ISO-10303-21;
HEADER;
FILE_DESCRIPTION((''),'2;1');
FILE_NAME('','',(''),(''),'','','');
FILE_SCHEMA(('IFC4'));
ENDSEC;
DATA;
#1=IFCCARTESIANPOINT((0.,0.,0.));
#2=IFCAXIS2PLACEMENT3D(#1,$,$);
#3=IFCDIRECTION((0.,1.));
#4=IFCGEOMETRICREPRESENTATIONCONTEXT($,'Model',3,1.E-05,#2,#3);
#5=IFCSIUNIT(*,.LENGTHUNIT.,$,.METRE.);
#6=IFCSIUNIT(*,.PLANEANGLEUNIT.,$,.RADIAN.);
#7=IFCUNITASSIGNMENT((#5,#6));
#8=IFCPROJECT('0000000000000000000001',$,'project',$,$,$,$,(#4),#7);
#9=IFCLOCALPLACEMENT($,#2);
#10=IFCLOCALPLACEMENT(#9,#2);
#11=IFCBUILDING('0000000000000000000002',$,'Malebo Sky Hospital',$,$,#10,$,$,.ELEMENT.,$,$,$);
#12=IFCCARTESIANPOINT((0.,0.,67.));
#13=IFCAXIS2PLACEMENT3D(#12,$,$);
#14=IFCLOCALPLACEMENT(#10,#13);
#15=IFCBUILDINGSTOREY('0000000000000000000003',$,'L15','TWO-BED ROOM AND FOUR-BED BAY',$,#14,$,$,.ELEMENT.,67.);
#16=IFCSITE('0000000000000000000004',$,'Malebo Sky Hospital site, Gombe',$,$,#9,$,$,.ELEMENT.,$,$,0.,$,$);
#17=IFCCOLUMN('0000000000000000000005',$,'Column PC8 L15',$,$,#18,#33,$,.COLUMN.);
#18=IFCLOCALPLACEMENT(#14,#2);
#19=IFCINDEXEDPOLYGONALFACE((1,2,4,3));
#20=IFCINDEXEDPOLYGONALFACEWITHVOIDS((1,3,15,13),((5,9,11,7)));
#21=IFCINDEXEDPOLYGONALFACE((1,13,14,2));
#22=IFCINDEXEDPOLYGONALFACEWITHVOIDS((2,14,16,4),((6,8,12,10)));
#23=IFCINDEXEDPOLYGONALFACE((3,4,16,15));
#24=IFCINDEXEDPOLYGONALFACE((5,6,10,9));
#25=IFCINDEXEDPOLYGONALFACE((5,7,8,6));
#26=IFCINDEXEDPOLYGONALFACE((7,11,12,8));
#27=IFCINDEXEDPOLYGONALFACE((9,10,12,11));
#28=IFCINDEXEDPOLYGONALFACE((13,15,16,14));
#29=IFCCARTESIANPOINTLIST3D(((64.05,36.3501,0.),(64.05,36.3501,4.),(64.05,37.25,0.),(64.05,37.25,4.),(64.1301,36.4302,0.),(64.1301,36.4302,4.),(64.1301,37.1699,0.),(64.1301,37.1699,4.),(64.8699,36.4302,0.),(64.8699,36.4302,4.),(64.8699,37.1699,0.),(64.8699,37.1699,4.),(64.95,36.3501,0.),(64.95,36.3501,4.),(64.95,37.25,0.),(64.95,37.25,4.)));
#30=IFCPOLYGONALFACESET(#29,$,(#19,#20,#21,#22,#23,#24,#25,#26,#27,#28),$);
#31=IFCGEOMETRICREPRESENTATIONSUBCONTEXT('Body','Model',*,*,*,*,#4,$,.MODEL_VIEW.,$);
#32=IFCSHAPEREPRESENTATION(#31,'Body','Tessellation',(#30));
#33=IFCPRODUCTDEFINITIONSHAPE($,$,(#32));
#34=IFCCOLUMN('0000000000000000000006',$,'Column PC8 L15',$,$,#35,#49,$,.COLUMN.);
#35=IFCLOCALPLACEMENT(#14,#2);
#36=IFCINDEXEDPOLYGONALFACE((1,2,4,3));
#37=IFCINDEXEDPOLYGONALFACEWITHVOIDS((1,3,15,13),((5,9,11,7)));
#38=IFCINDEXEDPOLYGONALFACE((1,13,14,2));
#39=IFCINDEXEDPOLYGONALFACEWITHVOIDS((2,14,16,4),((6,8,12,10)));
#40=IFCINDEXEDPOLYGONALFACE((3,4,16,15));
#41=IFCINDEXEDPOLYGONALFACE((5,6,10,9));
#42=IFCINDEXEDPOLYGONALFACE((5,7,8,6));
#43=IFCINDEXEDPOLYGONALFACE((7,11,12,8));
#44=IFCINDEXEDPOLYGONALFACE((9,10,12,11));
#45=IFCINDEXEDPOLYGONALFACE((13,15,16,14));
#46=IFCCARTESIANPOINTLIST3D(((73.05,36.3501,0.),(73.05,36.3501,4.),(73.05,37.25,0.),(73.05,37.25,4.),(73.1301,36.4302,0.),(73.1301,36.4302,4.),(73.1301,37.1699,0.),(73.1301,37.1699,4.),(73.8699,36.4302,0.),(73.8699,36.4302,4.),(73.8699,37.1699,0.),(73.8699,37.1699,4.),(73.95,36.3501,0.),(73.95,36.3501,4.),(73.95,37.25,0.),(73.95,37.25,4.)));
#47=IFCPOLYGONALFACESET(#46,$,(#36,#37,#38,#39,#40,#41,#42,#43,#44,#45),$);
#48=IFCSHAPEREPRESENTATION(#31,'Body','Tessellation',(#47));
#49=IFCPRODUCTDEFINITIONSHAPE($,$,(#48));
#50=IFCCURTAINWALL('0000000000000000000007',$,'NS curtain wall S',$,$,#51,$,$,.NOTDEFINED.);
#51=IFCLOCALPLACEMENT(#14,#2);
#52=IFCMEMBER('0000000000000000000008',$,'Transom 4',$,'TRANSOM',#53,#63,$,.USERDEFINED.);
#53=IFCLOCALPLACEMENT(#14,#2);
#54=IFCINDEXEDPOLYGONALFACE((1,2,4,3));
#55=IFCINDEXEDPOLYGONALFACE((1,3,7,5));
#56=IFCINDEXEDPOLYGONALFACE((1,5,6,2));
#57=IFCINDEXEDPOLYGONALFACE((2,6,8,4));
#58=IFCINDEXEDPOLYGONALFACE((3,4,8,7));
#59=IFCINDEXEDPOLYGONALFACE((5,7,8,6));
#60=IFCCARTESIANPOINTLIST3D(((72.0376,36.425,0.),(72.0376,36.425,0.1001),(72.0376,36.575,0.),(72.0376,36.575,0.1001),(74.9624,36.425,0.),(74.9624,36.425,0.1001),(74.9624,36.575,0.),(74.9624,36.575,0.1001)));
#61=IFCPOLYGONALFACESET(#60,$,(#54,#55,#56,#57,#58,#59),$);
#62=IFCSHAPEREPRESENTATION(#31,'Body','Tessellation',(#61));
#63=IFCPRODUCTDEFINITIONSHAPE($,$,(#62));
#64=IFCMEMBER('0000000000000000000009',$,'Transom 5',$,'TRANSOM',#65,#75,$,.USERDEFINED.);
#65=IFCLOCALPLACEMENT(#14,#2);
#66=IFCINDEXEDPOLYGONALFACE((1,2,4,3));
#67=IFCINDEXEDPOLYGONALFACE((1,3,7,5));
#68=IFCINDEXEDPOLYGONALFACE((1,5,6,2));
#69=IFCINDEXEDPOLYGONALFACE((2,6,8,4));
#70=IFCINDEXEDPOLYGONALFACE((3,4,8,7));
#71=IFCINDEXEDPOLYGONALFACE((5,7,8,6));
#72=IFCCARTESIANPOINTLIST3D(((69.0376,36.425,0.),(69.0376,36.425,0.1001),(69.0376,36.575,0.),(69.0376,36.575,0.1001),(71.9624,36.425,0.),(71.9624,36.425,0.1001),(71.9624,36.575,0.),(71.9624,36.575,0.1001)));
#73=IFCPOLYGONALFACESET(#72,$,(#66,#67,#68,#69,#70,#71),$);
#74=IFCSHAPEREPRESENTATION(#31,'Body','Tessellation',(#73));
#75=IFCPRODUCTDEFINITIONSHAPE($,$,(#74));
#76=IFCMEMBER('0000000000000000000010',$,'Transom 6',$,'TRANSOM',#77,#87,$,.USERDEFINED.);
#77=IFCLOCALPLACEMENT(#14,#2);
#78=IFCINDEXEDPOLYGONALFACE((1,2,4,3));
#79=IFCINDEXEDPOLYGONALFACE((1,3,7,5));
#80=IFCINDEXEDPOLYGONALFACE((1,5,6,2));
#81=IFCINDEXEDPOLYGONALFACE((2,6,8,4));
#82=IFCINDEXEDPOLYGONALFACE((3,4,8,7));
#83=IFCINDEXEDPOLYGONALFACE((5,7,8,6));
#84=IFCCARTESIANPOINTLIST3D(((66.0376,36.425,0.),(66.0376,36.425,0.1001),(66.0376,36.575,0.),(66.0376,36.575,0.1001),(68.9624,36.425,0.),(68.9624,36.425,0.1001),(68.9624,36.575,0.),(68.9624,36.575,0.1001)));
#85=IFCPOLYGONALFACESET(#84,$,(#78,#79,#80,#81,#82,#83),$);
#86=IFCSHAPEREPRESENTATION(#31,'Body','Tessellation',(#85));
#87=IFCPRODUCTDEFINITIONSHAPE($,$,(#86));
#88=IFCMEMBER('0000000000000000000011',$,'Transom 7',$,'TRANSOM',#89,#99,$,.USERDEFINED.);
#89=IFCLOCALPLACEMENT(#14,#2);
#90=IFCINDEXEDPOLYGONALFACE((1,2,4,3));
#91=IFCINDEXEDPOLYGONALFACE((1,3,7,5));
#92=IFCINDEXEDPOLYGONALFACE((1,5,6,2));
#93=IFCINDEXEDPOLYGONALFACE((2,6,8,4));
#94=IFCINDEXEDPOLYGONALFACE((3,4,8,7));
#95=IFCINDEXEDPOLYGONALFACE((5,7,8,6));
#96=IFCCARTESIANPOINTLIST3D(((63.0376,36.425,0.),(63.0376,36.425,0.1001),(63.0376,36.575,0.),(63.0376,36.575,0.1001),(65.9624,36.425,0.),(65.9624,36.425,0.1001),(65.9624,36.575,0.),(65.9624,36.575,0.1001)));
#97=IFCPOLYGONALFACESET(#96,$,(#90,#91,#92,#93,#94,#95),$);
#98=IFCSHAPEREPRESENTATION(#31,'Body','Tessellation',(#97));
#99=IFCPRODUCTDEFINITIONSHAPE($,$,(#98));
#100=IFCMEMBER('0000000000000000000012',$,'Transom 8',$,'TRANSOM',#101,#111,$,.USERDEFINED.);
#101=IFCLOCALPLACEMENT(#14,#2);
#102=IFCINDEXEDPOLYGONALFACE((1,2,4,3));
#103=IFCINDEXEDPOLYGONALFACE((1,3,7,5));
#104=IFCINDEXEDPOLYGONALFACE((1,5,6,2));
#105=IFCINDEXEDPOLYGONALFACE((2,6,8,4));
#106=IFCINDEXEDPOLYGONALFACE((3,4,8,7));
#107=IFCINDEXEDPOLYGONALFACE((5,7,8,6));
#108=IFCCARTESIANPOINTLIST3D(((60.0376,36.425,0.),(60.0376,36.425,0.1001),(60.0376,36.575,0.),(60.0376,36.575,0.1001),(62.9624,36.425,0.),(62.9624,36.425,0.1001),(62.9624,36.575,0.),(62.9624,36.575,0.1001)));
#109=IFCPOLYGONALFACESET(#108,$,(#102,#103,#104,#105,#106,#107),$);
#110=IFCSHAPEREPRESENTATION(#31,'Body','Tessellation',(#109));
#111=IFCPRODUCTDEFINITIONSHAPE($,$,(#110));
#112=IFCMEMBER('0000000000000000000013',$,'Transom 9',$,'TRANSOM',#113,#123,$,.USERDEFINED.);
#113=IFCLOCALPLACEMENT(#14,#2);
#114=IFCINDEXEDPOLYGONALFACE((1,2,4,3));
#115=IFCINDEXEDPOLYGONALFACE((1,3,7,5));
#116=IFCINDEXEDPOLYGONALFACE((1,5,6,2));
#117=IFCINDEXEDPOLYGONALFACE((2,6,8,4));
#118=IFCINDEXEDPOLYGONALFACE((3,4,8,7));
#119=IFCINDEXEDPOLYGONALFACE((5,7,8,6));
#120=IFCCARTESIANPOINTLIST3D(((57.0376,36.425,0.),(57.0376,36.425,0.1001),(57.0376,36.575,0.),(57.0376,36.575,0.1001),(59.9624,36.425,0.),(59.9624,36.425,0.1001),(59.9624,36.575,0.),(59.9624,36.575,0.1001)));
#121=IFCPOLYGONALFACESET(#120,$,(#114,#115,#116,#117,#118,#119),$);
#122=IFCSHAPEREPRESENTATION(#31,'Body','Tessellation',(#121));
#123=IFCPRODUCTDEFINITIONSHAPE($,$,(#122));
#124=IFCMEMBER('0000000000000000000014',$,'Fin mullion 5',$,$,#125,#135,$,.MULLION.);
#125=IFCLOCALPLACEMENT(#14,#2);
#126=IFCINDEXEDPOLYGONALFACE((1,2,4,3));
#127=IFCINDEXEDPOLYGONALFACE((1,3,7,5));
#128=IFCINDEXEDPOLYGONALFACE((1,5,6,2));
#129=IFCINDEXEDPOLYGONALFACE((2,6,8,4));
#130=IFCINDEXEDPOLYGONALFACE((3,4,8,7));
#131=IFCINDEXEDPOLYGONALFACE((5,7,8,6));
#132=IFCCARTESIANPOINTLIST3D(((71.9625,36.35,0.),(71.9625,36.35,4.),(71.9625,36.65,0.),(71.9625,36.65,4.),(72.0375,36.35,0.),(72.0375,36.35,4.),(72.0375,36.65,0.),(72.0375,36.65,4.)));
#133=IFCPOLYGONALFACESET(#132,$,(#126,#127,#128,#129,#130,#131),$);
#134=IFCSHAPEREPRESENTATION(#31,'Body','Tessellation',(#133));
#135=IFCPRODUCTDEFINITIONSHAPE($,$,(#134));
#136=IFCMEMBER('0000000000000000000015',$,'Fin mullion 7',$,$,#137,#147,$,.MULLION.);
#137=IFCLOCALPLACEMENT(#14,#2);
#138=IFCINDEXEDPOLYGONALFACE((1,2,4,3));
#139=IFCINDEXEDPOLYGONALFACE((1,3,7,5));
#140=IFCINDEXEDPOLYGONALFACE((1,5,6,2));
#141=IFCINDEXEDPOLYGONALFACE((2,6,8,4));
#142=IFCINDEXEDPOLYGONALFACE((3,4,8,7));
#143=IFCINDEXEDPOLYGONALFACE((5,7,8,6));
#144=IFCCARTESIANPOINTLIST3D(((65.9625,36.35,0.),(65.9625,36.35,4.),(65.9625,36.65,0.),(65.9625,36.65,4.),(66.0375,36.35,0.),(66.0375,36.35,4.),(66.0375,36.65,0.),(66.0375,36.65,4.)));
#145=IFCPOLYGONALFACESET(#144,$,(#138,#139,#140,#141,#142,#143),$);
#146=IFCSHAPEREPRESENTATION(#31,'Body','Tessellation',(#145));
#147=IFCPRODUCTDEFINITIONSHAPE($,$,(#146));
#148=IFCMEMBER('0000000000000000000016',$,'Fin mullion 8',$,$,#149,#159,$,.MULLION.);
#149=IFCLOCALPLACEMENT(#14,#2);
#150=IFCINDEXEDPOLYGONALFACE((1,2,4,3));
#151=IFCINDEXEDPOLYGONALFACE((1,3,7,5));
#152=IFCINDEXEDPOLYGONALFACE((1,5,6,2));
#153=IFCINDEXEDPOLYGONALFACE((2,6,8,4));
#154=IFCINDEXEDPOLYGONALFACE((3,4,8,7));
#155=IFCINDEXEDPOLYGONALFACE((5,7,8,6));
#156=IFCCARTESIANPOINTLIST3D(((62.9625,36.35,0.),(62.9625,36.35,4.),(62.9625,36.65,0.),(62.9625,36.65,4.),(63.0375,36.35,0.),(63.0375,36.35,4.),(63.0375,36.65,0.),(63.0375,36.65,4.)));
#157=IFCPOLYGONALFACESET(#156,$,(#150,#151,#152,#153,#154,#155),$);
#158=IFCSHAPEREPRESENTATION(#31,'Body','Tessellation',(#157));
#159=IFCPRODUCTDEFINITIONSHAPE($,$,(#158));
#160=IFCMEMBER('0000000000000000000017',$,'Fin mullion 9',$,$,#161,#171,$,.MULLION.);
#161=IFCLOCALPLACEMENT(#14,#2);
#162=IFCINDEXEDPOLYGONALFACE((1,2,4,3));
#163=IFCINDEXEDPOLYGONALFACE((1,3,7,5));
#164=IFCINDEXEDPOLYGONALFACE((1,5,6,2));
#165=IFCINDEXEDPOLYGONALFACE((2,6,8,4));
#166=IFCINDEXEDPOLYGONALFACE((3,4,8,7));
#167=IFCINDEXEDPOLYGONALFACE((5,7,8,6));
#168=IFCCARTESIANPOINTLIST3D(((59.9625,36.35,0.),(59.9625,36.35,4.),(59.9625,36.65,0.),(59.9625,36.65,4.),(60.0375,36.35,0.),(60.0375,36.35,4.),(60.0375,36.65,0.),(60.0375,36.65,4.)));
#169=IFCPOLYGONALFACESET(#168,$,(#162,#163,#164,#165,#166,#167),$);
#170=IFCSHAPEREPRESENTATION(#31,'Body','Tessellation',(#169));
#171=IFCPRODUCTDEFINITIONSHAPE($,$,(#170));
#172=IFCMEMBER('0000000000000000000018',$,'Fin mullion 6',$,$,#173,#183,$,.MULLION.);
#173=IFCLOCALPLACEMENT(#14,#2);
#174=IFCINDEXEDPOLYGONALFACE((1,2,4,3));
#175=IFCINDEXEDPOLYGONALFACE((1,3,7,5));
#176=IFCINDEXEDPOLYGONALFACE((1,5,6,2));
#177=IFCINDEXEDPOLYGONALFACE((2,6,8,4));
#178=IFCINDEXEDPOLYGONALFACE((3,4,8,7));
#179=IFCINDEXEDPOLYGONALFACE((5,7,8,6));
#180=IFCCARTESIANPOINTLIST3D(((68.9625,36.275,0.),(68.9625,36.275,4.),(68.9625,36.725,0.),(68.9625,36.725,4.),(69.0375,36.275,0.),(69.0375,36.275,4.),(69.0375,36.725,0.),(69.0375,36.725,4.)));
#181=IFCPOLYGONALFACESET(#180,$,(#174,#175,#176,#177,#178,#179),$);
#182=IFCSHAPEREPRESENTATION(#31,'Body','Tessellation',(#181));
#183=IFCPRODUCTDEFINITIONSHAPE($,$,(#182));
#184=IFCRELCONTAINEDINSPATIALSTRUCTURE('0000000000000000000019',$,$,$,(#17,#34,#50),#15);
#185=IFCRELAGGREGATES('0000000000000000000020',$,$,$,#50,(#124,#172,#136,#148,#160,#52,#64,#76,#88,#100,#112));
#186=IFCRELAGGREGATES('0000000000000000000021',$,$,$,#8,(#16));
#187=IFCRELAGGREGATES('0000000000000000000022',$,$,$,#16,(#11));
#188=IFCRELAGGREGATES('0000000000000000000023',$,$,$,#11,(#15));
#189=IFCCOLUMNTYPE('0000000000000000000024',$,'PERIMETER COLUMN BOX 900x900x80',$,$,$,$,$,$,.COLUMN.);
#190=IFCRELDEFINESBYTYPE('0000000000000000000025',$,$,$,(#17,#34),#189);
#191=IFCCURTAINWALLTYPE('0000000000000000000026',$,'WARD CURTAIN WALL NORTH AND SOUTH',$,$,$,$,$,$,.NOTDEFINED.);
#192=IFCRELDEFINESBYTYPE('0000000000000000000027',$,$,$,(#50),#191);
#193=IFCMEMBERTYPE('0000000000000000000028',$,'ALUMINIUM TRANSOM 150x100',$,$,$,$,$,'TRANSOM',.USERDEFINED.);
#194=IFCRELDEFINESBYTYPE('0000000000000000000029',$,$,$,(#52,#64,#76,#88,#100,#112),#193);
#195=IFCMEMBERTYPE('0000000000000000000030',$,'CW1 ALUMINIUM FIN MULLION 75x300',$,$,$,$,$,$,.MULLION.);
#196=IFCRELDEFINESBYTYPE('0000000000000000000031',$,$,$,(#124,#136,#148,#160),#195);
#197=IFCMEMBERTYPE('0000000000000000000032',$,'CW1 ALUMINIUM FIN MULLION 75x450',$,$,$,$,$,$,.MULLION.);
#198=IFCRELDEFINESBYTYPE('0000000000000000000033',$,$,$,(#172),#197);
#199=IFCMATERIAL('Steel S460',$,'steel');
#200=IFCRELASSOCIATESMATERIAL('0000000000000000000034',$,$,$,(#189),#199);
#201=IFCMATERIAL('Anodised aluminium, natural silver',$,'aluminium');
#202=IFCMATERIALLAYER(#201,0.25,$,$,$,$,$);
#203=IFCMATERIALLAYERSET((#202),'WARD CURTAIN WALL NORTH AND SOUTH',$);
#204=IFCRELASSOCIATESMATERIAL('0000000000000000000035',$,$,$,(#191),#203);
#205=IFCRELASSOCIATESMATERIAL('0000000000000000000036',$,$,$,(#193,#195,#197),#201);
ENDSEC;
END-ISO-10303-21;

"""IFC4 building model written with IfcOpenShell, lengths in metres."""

from ifc_helpers import new_model, si_unit, direction, frame, origin, origin_2d, place, context, subcontext, project, spatial, rectangle, hollow_rectangle, extrude, material, layer, layer_set, material_profile, profile_set, type_object, element, aggregate, save


model = new_model("IFC4")

# Units and contexts
model_context = context("Model", 3, precision=1e-05, world=origin(), true_north=direction((0.0, 1.0)))
body_context = subcontext(model_context, "Body", "Model", "MODEL_VIEW")
ifc_project = project(units=[si_unit("LENGTHUNIT", "METRE"), si_unit("PLANEANGLEUNIT", "RADIAN")], contexts=[model_context])

# Site, building, storey
site_placement = place(None, origin())
site = spatial("IfcSite", under=ifc_project, at=site_placement, Name="Malebo Sky Hospital site, Gombe", CompositionType="ELEMENT", RefElevation=0.0)
building_placement = place(site_placement, origin())
building = spatial("IfcBuilding", under=site, at=building_placement, Name="Malebo Sky Hospital", CompositionType="ELEMENT")
storey_placement = place(building_placement, frame((0.0, 0.0, 67.0)))
storey = spatial("IfcBuildingStorey", under=building, at=storey_placement, Name="L15", Description="TWO-BED ROOM AND FOUR-BED BAY", CompositionType="ELEMENT", Elevation=67.0)

# Columns
ifc_material_1 = material(Name="Steel S460", Category="steel")
ifc_material_profile_1 = material_profile(ifc_material_1, hollow_rectangle(XDim=0.8999, YDim=0.8999, WallThickness=0.0801, at=origin_2d()), Name="BOX 900x900x80")
ifc_profile_set_1 = profile_set([ifc_material_profile_1], Name="Steel S460")
column_type = type_object("IfcColumnType", Name="PERIMETER COLUMN BOX 900x900x80", PredefinedType="COLUMN", material=ifc_profile_set_1)
for number, where, z_axis, x_axis, name in (
    (1, (64.5, 36.8, 0.0), (0.0, 0.0, 1.0), (1.0, 0.0, 0.0), "Column PC8 L15"),
    (2, (73.5, 36.8, 0.0), (0.0, 0.0, 1.0), (1.0, 0.0, 0.0), "Column PC8 L15"),
):
    element("IfcColumn", number, at=place(storey_placement, frame(where, z_axis=z_axis, x_axis=x_axis)), inside=storey, type_object=column_type, Name=name, PredefinedType="COLUMN", context=body_context, shape_type="SweptSolid", body=[
        extrude(hollow_rectangle(XDim=0.8999, YDim=0.8999, WallThickness=0.0801, at=origin_2d()), origin(), (0.0, 0.0, 1.0), 4.0),
    ])

# Curtain wall, members
ifc_material_2 = material(Name="Anodised aluminium, natural silver", Category="aluminium")
ifc_layer_1 = layer(ifc_material_2, 0.25)
ifc_layer_set_1 = layer_set([ifc_layer_1], Name="WARD CURTAIN WALL NORTH AND SOUTH")
curtain_wall_type = type_object("IfcCurtainWallType", Name="WARD CURTAIN WALL NORTH AND SOUTH", PredefinedType="NOTDEFINED", material=ifc_layer_set_1)
curtain_wall_placement = place(storey_placement, origin())
curtain_wall = element("IfcCurtainWall", 3, at=curtain_wall_placement, inside=storey, type_object=curtain_wall_type, Name="NS curtain wall S", PredefinedType="NOTDEFINED")
ifc_material_profile_2 = material_profile(ifc_material_2, rectangle(XDim=0.1499, YDim=0.1001, at=origin_2d()), Name="ALUMINIUM TRANSOM 150x100")
ifc_profile_set_2 = profile_set([ifc_material_profile_2], Name="Anodised aluminium, natural silver")
member_type_1 = type_object("IfcMemberType", Name="ALUMINIUM TRANSOM 150x100", ElementType="TRANSOM", PredefinedType="USERDEFINED", material=ifc_profile_set_2)
member_1_placement = place(storey_placement, frame((74.9624, 36.5, 0.05), z_axis=(-1.0, 0.0, 0.0), x_axis=(0.0, -1.0, 0.0)))
member_1 = element("IfcMember", 4, at=member_1_placement, type_object=member_type_1, Name="Transom 4", ObjectType="TRANSOM", PredefinedType="USERDEFINED", context=body_context, shape_type="SweptSolid", body=[
    extrude(rectangle(XDim=0.1499, YDim=0.1001, at=origin_2d()), origin(), (0.0, 0.0, 1.0), 2.9248),
])
member_2_placement = place(storey_placement, frame((71.9624, 36.5, 0.05), z_axis=(-1.0, 0.0, 0.0), x_axis=(0.0, -1.0, 0.0)))
member_2 = element("IfcMember", 5, at=member_2_placement, type_object=member_type_1, Name="Transom 5", ObjectType="TRANSOM", PredefinedType="USERDEFINED", context=body_context, shape_type="SweptSolid", body=[
    extrude(rectangle(XDim=0.1499, YDim=0.1001, at=origin_2d()), origin(), (0.0, 0.0, 1.0), 2.9248),
])
member_3_placement = place(storey_placement, frame((68.9624, 36.5, 0.05), z_axis=(-1.0, 0.0, 0.0), x_axis=(0.0, -1.0, 0.0)))
member_3 = element("IfcMember", 6, at=member_3_placement, type_object=member_type_1, Name="Transom 6", ObjectType="TRANSOM", PredefinedType="USERDEFINED", context=body_context, shape_type="SweptSolid", body=[
    extrude(rectangle(XDim=0.1499, YDim=0.1001, at=origin_2d()), origin(), (0.0, 0.0, 1.0), 2.9248),
])
member_4_placement = place(storey_placement, frame((65.9624, 36.5, 0.05), z_axis=(-1.0, 0.0, 0.0), x_axis=(0.0, -1.0, 0.0)))
member_4 = element("IfcMember", 7, at=member_4_placement, type_object=member_type_1, Name="Transom 7", ObjectType="TRANSOM", PredefinedType="USERDEFINED", context=body_context, shape_type="SweptSolid", body=[
    extrude(rectangle(XDim=0.1499, YDim=0.1001, at=origin_2d()), origin(), (0.0, 0.0, 1.0), 2.9248),
])
member_5_placement = place(storey_placement, frame((62.9624, 36.5, 0.05), z_axis=(-1.0, 0.0, 0.0), x_axis=(0.0, -1.0, 0.0)))
member_5 = element("IfcMember", 8, at=member_5_placement, type_object=member_type_1, Name="Transom 8", ObjectType="TRANSOM", PredefinedType="USERDEFINED", context=body_context, shape_type="SweptSolid", body=[
    extrude(rectangle(XDim=0.1499, YDim=0.1001, at=origin_2d()), origin(), (0.0, 0.0, 1.0), 2.9248),
])
member_6_placement = place(storey_placement, frame((59.9624, 36.5, 0.05), z_axis=(-1.0, 0.0, 0.0), x_axis=(0.0, -1.0, 0.0)))
member_6 = element("IfcMember", 9, at=member_6_placement, type_object=member_type_1, Name="Transom 9", ObjectType="TRANSOM", PredefinedType="USERDEFINED", context=body_context, shape_type="SweptSolid", body=[
    extrude(rectangle(XDim=0.1499, YDim=0.1001, at=origin_2d()), origin(), (0.0, 0.0, 1.0), 2.9248),
])
ifc_material_profile_3 = material_profile(ifc_material_2, rectangle(XDim=0.075, YDim=0.3, at=origin_2d()), Name="CW1 ALUMINIUM FIN MULLION 75x300")
ifc_profile_set_3 = profile_set([ifc_material_profile_3], Name="Anodised aluminium, natural silver")
member_type_2 = type_object("IfcMemberType", Name="CW1 ALUMINIUM FIN MULLION 75x300", PredefinedType="MULLION", material=ifc_profile_set_3)
member_7_placement = place(storey_placement, frame((72.0, 36.5, 0.0), z_axis=(0.0, 0.0, 1.0), x_axis=(-1.0, 0.0, 0.0)))
member_7 = element("IfcMember", 10, at=member_7_placement, type_object=member_type_2, Name="Fin mullion 5", PredefinedType="MULLION", context=body_context, shape_type="SweptSolid", body=[
    extrude(rectangle(XDim=0.075, YDim=0.3, at=origin_2d()), origin(), (0.0, 0.0, 1.0), 4.0),
])
member_8_placement = place(storey_placement, frame((66.0, 36.5, 0.0), z_axis=(0.0, 0.0, 1.0), x_axis=(-1.0, 0.0, 0.0)))
member_8 = element("IfcMember", 11, at=member_8_placement, type_object=member_type_2, Name="Fin mullion 7", PredefinedType="MULLION", context=body_context, shape_type="SweptSolid", body=[
    extrude(rectangle(XDim=0.075, YDim=0.3, at=origin_2d()), origin(), (0.0, 0.0, 1.0), 4.0),
])
member_9_placement = place(storey_placement, frame((63.0, 36.5, 0.0), z_axis=(0.0, 0.0, 1.0), x_axis=(-1.0, 0.0, 0.0)))
member_9 = element("IfcMember", 12, at=member_9_placement, type_object=member_type_2, Name="Fin mullion 8", PredefinedType="MULLION", context=body_context, shape_type="SweptSolid", body=[
    extrude(rectangle(XDim=0.075, YDim=0.3, at=origin_2d()), origin(), (0.0, 0.0, 1.0), 4.0),
])
member_10_placement = place(storey_placement, frame((60.0, 36.5, 0.0), z_axis=(0.0, 0.0, 1.0), x_axis=(-1.0, 0.0, 0.0)))
member_10 = element("IfcMember", 13, at=member_10_placement, type_object=member_type_2, Name="Fin mullion 9", PredefinedType="MULLION", context=body_context, shape_type="SweptSolid", body=[
    extrude(rectangle(XDim=0.075, YDim=0.3, at=origin_2d()), origin(), (0.0, 0.0, 1.0), 4.0),
])
ifc_material_profile_4 = material_profile(ifc_material_2, rectangle(XDim=0.075, YDim=0.45, at=origin_2d()), Name="CW1 ALUMINIUM FIN MULLION 75x450")
ifc_profile_set_4 = profile_set([ifc_material_profile_4], Name="Anodised aluminium, natural silver")
member_type_3 = type_object("IfcMemberType", Name="CW1 ALUMINIUM FIN MULLION 75x450", PredefinedType="MULLION", material=ifc_profile_set_4)
member_11_placement = place(storey_placement, frame((69.0, 36.5, 0.0), z_axis=(0.0, 0.0, 1.0), x_axis=(-1.0, 0.0, 0.0)))
member_11 = element("IfcMember", 14, at=member_11_placement, type_object=member_type_3, Name="Fin mullion 6", PredefinedType="MULLION", context=body_context, shape_type="SweptSolid", body=[
    extrude(rectangle(XDim=0.075, YDim=0.45, at=origin_2d()), origin(), (0.0, 0.0, 1.0), 4.0),
])

aggregate(curtain_wall, [member_7, member_11, member_8, member_9, member_10, member_1, member_2, member_3, member_4, member_5, member_6])

save(model, "model.ifc")
